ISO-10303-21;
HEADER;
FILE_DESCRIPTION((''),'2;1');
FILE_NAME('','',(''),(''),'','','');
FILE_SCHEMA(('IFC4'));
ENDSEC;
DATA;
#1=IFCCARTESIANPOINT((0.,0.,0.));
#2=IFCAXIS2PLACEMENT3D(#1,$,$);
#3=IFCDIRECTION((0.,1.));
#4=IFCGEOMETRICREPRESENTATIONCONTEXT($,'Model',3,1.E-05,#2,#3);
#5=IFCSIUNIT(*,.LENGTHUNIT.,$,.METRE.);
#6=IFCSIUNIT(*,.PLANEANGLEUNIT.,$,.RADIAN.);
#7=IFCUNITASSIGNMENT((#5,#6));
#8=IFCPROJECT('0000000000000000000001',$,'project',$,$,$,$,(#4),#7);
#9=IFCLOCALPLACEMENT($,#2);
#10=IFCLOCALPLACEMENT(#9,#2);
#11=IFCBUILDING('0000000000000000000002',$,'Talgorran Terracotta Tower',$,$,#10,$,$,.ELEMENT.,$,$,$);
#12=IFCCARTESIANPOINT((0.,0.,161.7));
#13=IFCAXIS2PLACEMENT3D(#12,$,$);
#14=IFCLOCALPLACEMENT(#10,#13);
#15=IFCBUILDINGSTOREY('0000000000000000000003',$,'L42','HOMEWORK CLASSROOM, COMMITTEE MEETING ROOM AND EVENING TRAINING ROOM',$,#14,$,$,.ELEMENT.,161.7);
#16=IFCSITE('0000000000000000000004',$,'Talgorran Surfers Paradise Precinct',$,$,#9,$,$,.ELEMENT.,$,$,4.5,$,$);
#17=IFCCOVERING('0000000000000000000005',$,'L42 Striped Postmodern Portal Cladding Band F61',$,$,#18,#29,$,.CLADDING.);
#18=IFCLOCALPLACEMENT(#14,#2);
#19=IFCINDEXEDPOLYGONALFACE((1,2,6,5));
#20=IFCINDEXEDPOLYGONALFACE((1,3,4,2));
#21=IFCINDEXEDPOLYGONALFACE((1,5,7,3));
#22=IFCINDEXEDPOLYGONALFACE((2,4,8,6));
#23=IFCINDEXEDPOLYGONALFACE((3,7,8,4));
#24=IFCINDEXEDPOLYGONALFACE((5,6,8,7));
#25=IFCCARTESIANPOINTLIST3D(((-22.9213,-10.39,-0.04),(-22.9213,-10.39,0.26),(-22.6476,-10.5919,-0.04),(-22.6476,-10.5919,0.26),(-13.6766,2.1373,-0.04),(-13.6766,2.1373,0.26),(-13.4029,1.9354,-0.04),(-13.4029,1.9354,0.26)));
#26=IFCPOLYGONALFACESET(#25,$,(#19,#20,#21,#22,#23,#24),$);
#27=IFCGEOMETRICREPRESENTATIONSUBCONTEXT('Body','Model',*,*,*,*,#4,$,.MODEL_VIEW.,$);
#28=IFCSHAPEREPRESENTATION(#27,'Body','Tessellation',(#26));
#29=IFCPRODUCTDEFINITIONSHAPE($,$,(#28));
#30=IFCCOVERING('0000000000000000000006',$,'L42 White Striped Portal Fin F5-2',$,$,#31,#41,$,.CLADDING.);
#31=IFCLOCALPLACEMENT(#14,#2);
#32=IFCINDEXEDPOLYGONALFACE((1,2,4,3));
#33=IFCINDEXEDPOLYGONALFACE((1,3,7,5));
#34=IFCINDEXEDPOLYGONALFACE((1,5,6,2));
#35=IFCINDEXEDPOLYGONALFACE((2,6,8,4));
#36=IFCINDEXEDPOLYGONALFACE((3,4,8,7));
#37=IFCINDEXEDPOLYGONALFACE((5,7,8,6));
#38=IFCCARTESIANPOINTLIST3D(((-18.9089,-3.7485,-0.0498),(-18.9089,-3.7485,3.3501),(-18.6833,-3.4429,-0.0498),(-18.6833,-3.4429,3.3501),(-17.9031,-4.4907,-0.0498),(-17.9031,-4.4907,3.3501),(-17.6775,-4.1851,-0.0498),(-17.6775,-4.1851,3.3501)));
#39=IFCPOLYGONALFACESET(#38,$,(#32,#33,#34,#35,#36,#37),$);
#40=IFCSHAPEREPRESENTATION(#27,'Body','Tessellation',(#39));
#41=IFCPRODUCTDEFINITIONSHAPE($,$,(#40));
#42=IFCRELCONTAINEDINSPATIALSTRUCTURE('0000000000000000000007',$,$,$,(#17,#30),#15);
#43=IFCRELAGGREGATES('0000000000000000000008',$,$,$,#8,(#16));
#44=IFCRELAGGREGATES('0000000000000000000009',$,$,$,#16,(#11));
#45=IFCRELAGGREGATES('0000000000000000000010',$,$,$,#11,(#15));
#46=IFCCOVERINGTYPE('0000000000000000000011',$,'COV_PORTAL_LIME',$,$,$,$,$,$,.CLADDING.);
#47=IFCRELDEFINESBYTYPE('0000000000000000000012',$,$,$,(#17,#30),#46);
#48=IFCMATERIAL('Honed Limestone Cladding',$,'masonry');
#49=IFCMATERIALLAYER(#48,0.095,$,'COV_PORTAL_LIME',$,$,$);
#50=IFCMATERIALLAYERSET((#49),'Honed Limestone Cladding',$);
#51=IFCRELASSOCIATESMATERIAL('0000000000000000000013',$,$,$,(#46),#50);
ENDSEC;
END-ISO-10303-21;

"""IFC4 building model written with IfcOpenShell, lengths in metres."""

from ifc_helpers import new_model, si_unit, direction, frame, origin, origin_2d, place, context, subcontext, project, spatial, rectangle, extrude, material, layer, layer_set, type_object, element, save


model = new_model("IFC4")

# Units and contexts
model_context = context("Model", 3, precision=1e-05, world=origin(), true_north=direction((0.0, 1.0)))
body_context = subcontext(model_context, "Body", "Model", "MODEL_VIEW")
ifc_project = project(units=[si_unit("LENGTHUNIT", "METRE"), si_unit("PLANEANGLEUNIT", "RADIAN")], contexts=[model_context])

# Site, building, storey
site_placement = place(None, origin())
site = spatial("IfcSite", under=ifc_project, at=site_placement, Name="Talgorran Surfers Paradise Precinct", CompositionType="ELEMENT", RefElevation=4.5)
building_placement = place(site_placement, origin())
building = spatial("IfcBuilding", under=site, at=building_placement, Name="Talgorran Terracotta Tower", CompositionType="ELEMENT")
storey_placement = place(building_placement, frame((0.0, 0.0, 161.7)))
storey = spatial("IfcBuildingStorey", under=building, at=storey_placement, Name="L42", Description="HOMEWORK CLASSROOM, COMMITTEE MEETING ROOM AND EVENING TRAINING ROOM", CompositionType="ELEMENT", Elevation=161.7)

# Coverings
ifc_material_1 = material(Name="Honed Limestone Cladding", Category="masonry")
ifc_layer_1 = layer(ifc_material_1, 0.095, Name="COV_PORTAL_LIME")
ifc_layer_set_1 = layer_set([ifc_layer_1], Name="Honed Limestone Cladding")
covering_type_1 = type_object("IfcCoveringType", Name="COV_PORTAL_LIME", PredefinedType="CLADDING", material=ifc_layer_set_1)
covering_1_placement = place(storey_placement, frame((-18.1621, -4.2273, -0.04), z_axis=(0.0, 0.0, 1.0), x_axis=(-0.593784, -0.804624, 0.0)))
element("IfcCovering", 1, at=covering_1_placement, inside=storey, type_object=covering_type_1, Name="L42 Striped Postmodern Portal Cladding Band F61", PredefinedType="CLADDING", context=body_context, shape_type="SweptSolid", body=[
    extrude(rectangle(XDim=15.5691, YDim=0.3401, at=origin_2d()), origin(), (0.0, 0.0, 1.0), 0.3),
])
covering_2_placement = place(storey_placement, frame((-18.2932, -3.9668, -0.0498), z_axis=(0.0, 0.0, 1.0), x_axis=(-0.593784, -0.804624, 0.0)))
element("IfcCovering", 2, at=covering_2_placement, inside=storey, type_object=covering_type_1, Name="L42 White Striped Portal Fin F5-2", PredefinedType="CLADDING", context=body_context, shape_type="SweptSolid", body=[
    extrude(rectangle(XDim=0.3799, YDim=1.25, at=origin_2d()), origin(), (0.0, 0.0, 1.0), 3.3999),
])

save(model, "model.ifc")
